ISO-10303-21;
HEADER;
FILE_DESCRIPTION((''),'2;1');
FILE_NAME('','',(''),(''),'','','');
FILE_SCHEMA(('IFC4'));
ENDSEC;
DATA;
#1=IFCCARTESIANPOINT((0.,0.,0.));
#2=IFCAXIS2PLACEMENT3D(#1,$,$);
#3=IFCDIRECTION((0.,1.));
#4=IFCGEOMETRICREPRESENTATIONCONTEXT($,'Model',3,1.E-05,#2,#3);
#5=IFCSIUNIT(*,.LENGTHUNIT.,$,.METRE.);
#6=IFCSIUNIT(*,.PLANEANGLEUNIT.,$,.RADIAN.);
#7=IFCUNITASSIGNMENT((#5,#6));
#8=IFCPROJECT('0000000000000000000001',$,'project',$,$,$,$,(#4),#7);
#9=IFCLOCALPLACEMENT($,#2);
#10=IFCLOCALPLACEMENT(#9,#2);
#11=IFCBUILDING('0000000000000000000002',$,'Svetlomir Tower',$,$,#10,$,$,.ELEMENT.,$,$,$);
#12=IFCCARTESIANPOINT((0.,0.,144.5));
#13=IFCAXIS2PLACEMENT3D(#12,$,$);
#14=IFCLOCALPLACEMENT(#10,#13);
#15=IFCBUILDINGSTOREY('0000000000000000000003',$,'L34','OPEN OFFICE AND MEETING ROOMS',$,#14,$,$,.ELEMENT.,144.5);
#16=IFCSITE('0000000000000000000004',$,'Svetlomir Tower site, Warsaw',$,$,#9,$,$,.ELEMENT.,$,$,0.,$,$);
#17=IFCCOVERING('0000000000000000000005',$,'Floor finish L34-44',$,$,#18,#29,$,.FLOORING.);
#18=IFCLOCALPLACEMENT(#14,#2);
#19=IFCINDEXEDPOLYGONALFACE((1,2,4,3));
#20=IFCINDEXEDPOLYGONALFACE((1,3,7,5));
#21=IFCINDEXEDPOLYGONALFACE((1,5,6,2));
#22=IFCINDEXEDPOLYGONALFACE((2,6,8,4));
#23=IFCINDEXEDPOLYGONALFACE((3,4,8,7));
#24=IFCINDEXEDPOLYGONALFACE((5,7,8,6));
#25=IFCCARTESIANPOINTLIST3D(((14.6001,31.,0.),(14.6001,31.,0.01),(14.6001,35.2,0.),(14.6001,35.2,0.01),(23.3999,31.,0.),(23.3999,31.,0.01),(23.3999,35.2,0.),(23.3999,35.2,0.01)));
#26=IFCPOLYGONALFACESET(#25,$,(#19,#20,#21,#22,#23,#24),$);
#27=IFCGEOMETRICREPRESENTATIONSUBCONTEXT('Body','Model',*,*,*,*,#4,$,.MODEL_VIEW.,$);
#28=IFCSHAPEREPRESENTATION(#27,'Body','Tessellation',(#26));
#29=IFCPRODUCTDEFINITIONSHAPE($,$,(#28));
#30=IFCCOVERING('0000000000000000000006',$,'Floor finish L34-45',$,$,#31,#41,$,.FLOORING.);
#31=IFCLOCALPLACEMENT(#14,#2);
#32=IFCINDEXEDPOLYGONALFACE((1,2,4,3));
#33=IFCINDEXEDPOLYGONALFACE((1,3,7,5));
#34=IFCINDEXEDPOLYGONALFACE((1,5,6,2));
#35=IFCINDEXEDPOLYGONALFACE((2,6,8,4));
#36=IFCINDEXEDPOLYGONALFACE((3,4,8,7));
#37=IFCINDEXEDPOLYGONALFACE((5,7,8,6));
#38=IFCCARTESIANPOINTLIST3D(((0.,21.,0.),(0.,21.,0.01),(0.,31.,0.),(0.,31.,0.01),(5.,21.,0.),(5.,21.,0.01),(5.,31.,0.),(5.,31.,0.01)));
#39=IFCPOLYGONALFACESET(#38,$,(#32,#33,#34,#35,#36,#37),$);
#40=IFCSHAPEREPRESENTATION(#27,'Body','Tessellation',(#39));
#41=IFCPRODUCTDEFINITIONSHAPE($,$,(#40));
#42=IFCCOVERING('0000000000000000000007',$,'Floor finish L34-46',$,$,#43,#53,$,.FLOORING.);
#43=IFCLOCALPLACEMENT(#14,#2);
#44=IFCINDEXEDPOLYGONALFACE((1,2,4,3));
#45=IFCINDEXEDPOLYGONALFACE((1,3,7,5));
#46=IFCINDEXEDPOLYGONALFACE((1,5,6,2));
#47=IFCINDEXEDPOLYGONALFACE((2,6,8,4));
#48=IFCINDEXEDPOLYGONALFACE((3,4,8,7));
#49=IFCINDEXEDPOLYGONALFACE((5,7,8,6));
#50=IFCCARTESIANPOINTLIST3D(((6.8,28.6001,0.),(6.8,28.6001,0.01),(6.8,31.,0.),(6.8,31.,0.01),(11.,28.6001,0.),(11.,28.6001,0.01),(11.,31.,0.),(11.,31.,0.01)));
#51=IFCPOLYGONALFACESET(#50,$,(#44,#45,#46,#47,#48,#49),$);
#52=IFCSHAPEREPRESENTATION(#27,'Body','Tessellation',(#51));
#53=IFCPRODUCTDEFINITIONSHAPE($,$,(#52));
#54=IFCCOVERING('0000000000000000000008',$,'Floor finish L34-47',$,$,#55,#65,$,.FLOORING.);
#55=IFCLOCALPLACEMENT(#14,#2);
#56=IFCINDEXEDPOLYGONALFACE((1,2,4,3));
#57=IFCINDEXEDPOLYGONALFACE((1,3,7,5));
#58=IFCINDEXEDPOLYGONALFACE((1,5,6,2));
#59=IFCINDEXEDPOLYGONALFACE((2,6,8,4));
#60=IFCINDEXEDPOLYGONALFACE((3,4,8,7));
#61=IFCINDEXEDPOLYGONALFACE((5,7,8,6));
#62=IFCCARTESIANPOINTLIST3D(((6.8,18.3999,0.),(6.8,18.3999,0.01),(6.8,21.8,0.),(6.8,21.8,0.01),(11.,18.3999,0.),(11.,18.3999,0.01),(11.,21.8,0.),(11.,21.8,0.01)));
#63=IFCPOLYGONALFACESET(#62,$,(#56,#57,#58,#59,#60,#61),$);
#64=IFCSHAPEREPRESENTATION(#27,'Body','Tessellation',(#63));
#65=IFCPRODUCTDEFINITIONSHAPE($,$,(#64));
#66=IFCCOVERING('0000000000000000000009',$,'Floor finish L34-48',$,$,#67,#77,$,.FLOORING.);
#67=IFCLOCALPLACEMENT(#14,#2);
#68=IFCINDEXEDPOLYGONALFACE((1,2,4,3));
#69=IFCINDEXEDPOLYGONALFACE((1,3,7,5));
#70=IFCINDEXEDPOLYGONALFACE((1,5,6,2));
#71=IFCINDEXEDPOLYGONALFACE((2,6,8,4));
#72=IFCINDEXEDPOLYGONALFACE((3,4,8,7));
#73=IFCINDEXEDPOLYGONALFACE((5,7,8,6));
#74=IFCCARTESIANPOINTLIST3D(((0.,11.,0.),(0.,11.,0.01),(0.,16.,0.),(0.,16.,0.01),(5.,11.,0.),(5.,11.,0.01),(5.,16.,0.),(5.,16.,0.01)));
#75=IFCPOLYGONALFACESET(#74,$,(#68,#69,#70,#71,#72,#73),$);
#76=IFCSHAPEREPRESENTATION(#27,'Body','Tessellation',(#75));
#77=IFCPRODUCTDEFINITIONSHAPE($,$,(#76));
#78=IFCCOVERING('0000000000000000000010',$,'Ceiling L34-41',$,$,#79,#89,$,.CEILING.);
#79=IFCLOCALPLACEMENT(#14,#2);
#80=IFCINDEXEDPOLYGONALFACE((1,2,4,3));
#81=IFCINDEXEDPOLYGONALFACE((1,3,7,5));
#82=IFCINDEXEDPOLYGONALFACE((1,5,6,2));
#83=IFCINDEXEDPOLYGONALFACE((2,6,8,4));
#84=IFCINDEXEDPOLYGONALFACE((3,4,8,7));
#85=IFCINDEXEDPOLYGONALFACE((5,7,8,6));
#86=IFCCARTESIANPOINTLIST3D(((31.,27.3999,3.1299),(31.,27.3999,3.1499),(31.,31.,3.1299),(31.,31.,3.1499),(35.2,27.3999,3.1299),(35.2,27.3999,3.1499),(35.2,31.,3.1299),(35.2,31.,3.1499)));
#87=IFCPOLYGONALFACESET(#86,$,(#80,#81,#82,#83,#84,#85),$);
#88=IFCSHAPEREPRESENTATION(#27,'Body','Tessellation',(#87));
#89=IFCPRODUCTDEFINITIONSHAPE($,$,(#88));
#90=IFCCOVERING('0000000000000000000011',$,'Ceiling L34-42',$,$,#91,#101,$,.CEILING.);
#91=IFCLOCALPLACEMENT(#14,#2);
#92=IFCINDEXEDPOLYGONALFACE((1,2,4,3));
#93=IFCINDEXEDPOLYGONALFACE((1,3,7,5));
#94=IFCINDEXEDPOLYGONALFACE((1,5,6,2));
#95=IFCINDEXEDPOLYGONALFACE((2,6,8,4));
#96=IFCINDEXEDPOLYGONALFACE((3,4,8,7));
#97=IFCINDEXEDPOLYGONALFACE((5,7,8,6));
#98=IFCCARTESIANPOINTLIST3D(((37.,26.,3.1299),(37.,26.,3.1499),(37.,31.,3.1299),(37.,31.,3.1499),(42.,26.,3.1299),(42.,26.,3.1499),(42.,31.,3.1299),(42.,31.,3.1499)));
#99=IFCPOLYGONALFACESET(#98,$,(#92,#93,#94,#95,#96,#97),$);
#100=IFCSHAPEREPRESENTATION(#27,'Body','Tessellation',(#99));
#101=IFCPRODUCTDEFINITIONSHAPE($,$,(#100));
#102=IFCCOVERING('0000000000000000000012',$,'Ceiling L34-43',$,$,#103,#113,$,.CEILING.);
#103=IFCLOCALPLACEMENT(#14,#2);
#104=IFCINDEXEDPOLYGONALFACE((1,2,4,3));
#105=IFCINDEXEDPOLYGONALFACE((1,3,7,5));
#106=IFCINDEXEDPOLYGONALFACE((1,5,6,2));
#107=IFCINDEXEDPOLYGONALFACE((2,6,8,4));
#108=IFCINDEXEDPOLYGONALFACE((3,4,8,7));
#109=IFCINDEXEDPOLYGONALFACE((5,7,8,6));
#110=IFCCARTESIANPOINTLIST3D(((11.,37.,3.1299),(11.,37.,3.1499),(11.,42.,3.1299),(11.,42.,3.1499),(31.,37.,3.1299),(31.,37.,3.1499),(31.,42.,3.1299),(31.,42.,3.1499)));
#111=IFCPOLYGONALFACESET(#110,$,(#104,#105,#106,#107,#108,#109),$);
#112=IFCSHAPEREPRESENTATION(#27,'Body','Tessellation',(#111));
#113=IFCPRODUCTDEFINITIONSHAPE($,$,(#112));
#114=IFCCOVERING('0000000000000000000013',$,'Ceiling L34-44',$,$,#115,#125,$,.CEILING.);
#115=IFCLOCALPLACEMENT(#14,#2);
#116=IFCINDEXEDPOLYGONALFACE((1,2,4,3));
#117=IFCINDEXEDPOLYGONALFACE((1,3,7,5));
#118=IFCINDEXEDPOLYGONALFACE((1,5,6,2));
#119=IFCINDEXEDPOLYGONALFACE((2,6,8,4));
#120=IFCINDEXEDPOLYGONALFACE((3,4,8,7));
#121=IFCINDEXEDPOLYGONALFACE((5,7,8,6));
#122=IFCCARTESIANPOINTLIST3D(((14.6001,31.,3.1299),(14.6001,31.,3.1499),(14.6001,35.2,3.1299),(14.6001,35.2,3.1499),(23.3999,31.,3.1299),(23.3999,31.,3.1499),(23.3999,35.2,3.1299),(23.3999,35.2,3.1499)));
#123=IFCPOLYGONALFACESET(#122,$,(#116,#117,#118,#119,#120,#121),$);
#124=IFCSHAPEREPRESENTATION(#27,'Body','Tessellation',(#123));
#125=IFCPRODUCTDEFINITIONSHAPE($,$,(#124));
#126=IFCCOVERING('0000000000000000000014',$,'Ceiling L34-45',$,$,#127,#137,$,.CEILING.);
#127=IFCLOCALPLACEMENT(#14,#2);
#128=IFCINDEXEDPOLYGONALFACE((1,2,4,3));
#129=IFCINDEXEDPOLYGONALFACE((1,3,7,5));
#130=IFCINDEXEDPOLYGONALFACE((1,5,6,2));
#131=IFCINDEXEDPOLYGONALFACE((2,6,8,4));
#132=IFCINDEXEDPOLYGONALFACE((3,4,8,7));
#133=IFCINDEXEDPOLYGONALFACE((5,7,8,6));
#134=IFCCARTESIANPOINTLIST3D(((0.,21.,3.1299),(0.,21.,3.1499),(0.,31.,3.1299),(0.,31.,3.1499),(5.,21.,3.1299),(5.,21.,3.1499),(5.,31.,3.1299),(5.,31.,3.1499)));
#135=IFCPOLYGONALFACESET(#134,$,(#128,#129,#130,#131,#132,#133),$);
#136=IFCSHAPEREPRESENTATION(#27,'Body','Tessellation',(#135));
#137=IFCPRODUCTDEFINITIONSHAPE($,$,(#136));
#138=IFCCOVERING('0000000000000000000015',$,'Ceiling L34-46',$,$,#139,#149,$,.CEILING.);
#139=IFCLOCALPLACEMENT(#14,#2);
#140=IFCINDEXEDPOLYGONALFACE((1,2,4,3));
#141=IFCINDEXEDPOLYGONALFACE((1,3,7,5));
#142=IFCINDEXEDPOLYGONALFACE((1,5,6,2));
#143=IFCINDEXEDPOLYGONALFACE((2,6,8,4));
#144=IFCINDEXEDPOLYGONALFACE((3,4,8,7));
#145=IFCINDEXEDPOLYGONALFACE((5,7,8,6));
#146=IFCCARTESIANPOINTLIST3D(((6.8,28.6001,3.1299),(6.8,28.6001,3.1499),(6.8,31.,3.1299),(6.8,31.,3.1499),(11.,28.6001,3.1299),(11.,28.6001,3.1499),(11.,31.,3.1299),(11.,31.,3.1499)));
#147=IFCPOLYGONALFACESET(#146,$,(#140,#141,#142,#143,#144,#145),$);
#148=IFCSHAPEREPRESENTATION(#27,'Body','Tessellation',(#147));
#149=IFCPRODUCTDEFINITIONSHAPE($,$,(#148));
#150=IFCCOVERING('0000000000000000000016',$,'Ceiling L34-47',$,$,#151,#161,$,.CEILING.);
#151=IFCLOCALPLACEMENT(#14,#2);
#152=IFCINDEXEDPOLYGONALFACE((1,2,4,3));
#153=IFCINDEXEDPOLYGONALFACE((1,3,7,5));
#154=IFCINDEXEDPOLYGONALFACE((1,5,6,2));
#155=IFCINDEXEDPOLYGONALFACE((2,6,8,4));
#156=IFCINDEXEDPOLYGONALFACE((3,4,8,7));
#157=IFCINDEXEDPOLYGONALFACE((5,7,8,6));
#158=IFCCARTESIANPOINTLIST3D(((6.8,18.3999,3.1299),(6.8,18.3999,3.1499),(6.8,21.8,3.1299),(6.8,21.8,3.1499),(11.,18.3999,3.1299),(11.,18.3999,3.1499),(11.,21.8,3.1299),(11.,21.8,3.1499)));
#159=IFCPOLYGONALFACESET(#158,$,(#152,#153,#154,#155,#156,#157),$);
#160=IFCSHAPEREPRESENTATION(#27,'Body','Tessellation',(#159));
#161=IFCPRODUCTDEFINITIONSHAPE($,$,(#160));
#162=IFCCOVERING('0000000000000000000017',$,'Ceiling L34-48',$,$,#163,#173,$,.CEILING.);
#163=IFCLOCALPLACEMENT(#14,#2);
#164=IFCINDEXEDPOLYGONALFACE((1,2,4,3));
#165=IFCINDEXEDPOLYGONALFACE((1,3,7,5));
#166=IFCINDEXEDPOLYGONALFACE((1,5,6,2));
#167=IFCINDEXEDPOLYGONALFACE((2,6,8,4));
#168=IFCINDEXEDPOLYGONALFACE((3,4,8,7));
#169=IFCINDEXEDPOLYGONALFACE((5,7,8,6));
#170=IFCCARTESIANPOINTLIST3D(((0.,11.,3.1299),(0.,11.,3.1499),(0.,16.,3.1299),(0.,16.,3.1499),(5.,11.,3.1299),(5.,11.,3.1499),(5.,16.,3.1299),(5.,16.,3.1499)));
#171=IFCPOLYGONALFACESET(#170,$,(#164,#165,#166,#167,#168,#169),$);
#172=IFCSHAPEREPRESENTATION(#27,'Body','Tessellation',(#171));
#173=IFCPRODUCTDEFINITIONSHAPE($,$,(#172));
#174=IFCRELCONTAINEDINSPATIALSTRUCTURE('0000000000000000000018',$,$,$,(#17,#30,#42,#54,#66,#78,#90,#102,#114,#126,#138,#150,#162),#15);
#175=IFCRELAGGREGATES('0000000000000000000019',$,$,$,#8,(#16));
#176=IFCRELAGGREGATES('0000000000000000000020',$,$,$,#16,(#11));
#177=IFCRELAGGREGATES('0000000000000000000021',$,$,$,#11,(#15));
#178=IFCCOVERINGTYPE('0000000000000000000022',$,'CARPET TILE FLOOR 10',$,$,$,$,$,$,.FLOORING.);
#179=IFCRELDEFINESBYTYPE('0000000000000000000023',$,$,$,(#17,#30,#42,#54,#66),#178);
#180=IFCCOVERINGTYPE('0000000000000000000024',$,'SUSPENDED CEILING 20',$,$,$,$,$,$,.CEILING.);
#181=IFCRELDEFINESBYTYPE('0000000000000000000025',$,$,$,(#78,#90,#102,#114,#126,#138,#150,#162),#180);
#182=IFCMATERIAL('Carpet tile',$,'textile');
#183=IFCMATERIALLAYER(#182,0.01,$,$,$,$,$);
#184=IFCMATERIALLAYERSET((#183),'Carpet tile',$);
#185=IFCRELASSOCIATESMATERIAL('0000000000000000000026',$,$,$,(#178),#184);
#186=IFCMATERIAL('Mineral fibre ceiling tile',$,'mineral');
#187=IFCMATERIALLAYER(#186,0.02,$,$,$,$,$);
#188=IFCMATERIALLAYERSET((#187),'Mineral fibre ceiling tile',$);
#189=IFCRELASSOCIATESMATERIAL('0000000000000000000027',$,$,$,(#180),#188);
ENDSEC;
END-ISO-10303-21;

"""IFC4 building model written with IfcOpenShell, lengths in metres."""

from ifc_helpers import new_model, si_unit, direction, frame, origin, place, context, subcontext, project, spatial, polyline, outline, extrude, material, layer, layer_set, type_object, element, save


model = new_model("IFC4")

# Units and contexts
model_context = context("Model", 3, precision=1e-05, world=origin(), true_north=direction((0.0, 1.0)))
body_context = subcontext(model_context, "Body", "Model", "MODEL_VIEW")
ifc_project = project(units=[si_unit("LENGTHUNIT", "METRE"), si_unit("PLANEANGLEUNIT", "RADIAN")], contexts=[model_context])

# Site, building, storey
site_placement = place(None, origin())
site = spatial("IfcSite", under=ifc_project, at=site_placement, Name="Svetlomir Tower site, Warsaw", CompositionType="ELEMENT", RefElevation=0.0)
building_placement = place(site_placement, origin())
building = spatial("IfcBuilding", under=site, at=building_placement, Name="Svetlomir Tower", CompositionType="ELEMENT")
storey_placement = place(building_placement, frame((0.0, 0.0, 144.5)))
storey = spatial("IfcBuildingStorey", under=building, at=storey_placement, Name="L34", Description="OPEN OFFICE AND MEETING ROOMS", CompositionType="ELEMENT", Elevation=144.5)

# Coverings
ifc_material_1 = material(Name="Carpet tile", Category="textile")
ifc_layer_1 = layer(ifc_material_1, 0.01)
ifc_layer_set_1 = layer_set([ifc_layer_1], Name="Carpet tile")
covering_type_1 = type_object("IfcCoveringType", Name="CARPET TILE FLOOR 10", PredefinedType="FLOORING", material=ifc_layer_set_1)
covering_1_placement = place(storey_placement, origin())
element("IfcCovering", 1, at=covering_1_placement, inside=storey, type_object=covering_type_1, Name="Floor finish L34-44", PredefinedType="FLOORING", context=body_context, shape_type="SweptSolid", body=[
    extrude(outline(polyline([(14.6001, 31.0), (14.6001, 35.2), (23.3999, 35.2), (23.3999, 31.0), (14.6001, 31.0)])), origin(), (0.0, 0.0, 1.0), 0.01),
])
covering_2_placement = place(storey_placement, origin())
element("IfcCovering", 2, at=covering_2_placement, inside=storey, type_object=covering_type_1, Name="Floor finish L34-45", PredefinedType="FLOORING", context=body_context, shape_type="SweptSolid", body=[
    extrude(outline(polyline([(5.0, 21.0), (0.0, 21.0), (0.0, 31.0), (5.0, 31.0), (5.0, 21.0)])), origin(), (0.0, 0.0, 1.0), 0.01),
])
covering_3_placement = place(storey_placement, origin())
element("IfcCovering", 3, at=covering_3_placement, inside=storey, type_object=covering_type_1, Name="Floor finish L34-46", PredefinedType="FLOORING", context=body_context, shape_type="SweptSolid", body=[
    extrude(outline(polyline([(11.0, 28.6001), (6.8, 28.6001), (6.8, 31.0), (11.0, 31.0), (11.0, 28.6001)])), origin(), (0.0, 0.0, 1.0), 0.01),
])
covering_4_placement = place(storey_placement, origin())
element("IfcCovering", 4, at=covering_4_placement, inside=storey, type_object=covering_type_1, Name="Floor finish L34-47", PredefinedType="FLOORING", context=body_context, shape_type="SweptSolid", body=[
    extrude(outline(polyline([(6.8, 18.3999), (6.8, 21.8), (11.0, 21.8), (11.0, 18.3999), (6.8, 18.3999)])), origin(), (0.0, 0.0, 1.0), 0.01),
])
covering_5_placement = place(storey_placement, origin())
element("IfcCovering", 5, at=covering_5_placement, inside=storey, type_object=covering_type_1, Name="Floor finish L34-48", PredefinedType="FLOORING", context=body_context, shape_type="SweptSolid", body=[
    extrude(outline(polyline([(0.0, 16.0), (5.0, 16.0), (5.0, 11.0), (0.0, 11.0), (0.0, 16.0)])), origin(), (0.0, 0.0, 1.0), 0.01),
])
ifc_material_2 = material(Name="Mineral fibre ceiling tile", Category="mineral")
ifc_layer_2 = layer(ifc_material_2, 0.02)
ifc_layer_set_2 = layer_set([ifc_layer_2], Name="Mineral fibre ceiling tile")
covering_type_2 = type_object("IfcCoveringType", Name="SUSPENDED CEILING 20", PredefinedType="CEILING", material=ifc_layer_set_2)
covering_6_placement = place(storey_placement, frame((0.0, 0.0, 3.1299)))
element("IfcCovering", 6, at=covering_6_placement, inside=storey, type_object=covering_type_2, Name="Ceiling L34-41", PredefinedType="CEILING", context=body_context, shape_type="SweptSolid", body=[
    extrude(outline(polyline([(31.0, 31.0), (35.2, 31.0), (35.2, 27.3999), (31.0, 27.3999), (31.0, 31.0)])), origin(), (0.0, 0.0, 1.0), 0.02),
])
covering_7_placement = place(storey_placement, frame((0.0, 0.0, 3.1299)))
element("IfcCovering", 7, at=covering_7_placement, inside=storey, type_object=covering_type_2, Name="Ceiling L34-42", PredefinedType="CEILING", context=body_context, shape_type="SweptSolid", body=[
    extrude(outline(polyline([(42.0, 26.0), (37.0, 26.0), (37.0, 31.0), (42.0, 31.0), (42.0, 26.0)])), origin(), (0.0, 0.0, 1.0), 0.02),
])
covering_8_placement = place(storey_placement, frame((0.0, 0.0, 3.1299)))
element("IfcCovering", 8, at=covering_8_placement, inside=storey, type_object=covering_type_2, Name="Ceiling L34-43", PredefinedType="CEILING", context=body_context, shape_type="SweptSolid", body=[
    extrude(outline(polyline([(31.0, 37.0), (11.0, 37.0), (11.0, 42.0), (31.0, 42.0), (31.0, 37.0)])), origin(), (0.0, 0.0, 1.0), 0.02),
])
covering_9_placement = place(storey_placement, frame((0.0, 0.0, 3.1299)))
element("IfcCovering", 9, at=covering_9_placement, inside=storey, type_object=covering_type_2, Name="Ceiling L34-44", PredefinedType="CEILING", context=body_context, shape_type="SweptSolid", body=[
    extrude(outline(polyline([(14.6001, 31.0), (14.6001, 35.2), (23.3999, 35.2), (23.3999, 31.0), (14.6001, 31.0)])), origin(), (0.0, 0.0, 1.0), 0.02),
])
covering_10_placement = place(storey_placement, frame((0.0, 0.0, 3.1299)))
element("IfcCovering", 10, at=covering_10_placement, inside=storey, type_object=covering_type_2, Name="Ceiling L34-45", PredefinedType="CEILING", context=body_context, shape_type="SweptSolid", body=[
    extrude(outline(polyline([(5.0, 21.0), (0.0, 21.0), (0.0, 31.0), (5.0, 31.0), (5.0, 21.0)])), origin(), (0.0, 0.0, 1.0), 0.02),
])
covering_11_placement = place(storey_placement, frame((0.0, 0.0, 3.1299)))
element("IfcCovering", 11, at=covering_11_placement, inside=storey, type_object=covering_type_2, Name="Ceiling L34-46", PredefinedType="CEILING", context=body_context, shape_type="SweptSolid", body=[
    extrude(outline(polyline([(11.0, 28.6001), (6.8, 28.6001), (6.8, 31.0), (11.0, 31.0), (11.0, 28.6001)])), origin(), (0.0, 0.0, 1.0), 0.02),
])
covering_12_placement = place(storey_placement, frame((0.0, 0.0, 3.1299)))
element("IfcCovering", 12, at=covering_12_placement, inside=storey, type_object=covering_type_2, Name="Ceiling L34-47", PredefinedType="CEILING", context=body_context, shape_type="SweptSolid", body=[
    extrude(outline(polyline([(6.8, 18.3999), (6.8, 21.8), (11.0, 21.8), (11.0, 18.3999), (6.8, 18.3999)])), origin(), (0.0, 0.0, 1.0), 0.02),
])
covering_13_placement = place(storey_placement, frame((0.0, 0.0, 3.1299)))
element("IfcCovering", 13, at=covering_13_placement, inside=storey, type_object=covering_type_2, Name="Ceiling L34-48", PredefinedType="CEILING", context=body_context, shape_type="SweptSolid", body=[
    extrude(outline(polyline([(0.0, 16.0), (5.0, 16.0), (5.0, 11.0), (0.0, 11.0), (0.0, 16.0)])), origin(), (0.0, 0.0, 1.0), 0.02),
])

save(model, "model.ifc")
